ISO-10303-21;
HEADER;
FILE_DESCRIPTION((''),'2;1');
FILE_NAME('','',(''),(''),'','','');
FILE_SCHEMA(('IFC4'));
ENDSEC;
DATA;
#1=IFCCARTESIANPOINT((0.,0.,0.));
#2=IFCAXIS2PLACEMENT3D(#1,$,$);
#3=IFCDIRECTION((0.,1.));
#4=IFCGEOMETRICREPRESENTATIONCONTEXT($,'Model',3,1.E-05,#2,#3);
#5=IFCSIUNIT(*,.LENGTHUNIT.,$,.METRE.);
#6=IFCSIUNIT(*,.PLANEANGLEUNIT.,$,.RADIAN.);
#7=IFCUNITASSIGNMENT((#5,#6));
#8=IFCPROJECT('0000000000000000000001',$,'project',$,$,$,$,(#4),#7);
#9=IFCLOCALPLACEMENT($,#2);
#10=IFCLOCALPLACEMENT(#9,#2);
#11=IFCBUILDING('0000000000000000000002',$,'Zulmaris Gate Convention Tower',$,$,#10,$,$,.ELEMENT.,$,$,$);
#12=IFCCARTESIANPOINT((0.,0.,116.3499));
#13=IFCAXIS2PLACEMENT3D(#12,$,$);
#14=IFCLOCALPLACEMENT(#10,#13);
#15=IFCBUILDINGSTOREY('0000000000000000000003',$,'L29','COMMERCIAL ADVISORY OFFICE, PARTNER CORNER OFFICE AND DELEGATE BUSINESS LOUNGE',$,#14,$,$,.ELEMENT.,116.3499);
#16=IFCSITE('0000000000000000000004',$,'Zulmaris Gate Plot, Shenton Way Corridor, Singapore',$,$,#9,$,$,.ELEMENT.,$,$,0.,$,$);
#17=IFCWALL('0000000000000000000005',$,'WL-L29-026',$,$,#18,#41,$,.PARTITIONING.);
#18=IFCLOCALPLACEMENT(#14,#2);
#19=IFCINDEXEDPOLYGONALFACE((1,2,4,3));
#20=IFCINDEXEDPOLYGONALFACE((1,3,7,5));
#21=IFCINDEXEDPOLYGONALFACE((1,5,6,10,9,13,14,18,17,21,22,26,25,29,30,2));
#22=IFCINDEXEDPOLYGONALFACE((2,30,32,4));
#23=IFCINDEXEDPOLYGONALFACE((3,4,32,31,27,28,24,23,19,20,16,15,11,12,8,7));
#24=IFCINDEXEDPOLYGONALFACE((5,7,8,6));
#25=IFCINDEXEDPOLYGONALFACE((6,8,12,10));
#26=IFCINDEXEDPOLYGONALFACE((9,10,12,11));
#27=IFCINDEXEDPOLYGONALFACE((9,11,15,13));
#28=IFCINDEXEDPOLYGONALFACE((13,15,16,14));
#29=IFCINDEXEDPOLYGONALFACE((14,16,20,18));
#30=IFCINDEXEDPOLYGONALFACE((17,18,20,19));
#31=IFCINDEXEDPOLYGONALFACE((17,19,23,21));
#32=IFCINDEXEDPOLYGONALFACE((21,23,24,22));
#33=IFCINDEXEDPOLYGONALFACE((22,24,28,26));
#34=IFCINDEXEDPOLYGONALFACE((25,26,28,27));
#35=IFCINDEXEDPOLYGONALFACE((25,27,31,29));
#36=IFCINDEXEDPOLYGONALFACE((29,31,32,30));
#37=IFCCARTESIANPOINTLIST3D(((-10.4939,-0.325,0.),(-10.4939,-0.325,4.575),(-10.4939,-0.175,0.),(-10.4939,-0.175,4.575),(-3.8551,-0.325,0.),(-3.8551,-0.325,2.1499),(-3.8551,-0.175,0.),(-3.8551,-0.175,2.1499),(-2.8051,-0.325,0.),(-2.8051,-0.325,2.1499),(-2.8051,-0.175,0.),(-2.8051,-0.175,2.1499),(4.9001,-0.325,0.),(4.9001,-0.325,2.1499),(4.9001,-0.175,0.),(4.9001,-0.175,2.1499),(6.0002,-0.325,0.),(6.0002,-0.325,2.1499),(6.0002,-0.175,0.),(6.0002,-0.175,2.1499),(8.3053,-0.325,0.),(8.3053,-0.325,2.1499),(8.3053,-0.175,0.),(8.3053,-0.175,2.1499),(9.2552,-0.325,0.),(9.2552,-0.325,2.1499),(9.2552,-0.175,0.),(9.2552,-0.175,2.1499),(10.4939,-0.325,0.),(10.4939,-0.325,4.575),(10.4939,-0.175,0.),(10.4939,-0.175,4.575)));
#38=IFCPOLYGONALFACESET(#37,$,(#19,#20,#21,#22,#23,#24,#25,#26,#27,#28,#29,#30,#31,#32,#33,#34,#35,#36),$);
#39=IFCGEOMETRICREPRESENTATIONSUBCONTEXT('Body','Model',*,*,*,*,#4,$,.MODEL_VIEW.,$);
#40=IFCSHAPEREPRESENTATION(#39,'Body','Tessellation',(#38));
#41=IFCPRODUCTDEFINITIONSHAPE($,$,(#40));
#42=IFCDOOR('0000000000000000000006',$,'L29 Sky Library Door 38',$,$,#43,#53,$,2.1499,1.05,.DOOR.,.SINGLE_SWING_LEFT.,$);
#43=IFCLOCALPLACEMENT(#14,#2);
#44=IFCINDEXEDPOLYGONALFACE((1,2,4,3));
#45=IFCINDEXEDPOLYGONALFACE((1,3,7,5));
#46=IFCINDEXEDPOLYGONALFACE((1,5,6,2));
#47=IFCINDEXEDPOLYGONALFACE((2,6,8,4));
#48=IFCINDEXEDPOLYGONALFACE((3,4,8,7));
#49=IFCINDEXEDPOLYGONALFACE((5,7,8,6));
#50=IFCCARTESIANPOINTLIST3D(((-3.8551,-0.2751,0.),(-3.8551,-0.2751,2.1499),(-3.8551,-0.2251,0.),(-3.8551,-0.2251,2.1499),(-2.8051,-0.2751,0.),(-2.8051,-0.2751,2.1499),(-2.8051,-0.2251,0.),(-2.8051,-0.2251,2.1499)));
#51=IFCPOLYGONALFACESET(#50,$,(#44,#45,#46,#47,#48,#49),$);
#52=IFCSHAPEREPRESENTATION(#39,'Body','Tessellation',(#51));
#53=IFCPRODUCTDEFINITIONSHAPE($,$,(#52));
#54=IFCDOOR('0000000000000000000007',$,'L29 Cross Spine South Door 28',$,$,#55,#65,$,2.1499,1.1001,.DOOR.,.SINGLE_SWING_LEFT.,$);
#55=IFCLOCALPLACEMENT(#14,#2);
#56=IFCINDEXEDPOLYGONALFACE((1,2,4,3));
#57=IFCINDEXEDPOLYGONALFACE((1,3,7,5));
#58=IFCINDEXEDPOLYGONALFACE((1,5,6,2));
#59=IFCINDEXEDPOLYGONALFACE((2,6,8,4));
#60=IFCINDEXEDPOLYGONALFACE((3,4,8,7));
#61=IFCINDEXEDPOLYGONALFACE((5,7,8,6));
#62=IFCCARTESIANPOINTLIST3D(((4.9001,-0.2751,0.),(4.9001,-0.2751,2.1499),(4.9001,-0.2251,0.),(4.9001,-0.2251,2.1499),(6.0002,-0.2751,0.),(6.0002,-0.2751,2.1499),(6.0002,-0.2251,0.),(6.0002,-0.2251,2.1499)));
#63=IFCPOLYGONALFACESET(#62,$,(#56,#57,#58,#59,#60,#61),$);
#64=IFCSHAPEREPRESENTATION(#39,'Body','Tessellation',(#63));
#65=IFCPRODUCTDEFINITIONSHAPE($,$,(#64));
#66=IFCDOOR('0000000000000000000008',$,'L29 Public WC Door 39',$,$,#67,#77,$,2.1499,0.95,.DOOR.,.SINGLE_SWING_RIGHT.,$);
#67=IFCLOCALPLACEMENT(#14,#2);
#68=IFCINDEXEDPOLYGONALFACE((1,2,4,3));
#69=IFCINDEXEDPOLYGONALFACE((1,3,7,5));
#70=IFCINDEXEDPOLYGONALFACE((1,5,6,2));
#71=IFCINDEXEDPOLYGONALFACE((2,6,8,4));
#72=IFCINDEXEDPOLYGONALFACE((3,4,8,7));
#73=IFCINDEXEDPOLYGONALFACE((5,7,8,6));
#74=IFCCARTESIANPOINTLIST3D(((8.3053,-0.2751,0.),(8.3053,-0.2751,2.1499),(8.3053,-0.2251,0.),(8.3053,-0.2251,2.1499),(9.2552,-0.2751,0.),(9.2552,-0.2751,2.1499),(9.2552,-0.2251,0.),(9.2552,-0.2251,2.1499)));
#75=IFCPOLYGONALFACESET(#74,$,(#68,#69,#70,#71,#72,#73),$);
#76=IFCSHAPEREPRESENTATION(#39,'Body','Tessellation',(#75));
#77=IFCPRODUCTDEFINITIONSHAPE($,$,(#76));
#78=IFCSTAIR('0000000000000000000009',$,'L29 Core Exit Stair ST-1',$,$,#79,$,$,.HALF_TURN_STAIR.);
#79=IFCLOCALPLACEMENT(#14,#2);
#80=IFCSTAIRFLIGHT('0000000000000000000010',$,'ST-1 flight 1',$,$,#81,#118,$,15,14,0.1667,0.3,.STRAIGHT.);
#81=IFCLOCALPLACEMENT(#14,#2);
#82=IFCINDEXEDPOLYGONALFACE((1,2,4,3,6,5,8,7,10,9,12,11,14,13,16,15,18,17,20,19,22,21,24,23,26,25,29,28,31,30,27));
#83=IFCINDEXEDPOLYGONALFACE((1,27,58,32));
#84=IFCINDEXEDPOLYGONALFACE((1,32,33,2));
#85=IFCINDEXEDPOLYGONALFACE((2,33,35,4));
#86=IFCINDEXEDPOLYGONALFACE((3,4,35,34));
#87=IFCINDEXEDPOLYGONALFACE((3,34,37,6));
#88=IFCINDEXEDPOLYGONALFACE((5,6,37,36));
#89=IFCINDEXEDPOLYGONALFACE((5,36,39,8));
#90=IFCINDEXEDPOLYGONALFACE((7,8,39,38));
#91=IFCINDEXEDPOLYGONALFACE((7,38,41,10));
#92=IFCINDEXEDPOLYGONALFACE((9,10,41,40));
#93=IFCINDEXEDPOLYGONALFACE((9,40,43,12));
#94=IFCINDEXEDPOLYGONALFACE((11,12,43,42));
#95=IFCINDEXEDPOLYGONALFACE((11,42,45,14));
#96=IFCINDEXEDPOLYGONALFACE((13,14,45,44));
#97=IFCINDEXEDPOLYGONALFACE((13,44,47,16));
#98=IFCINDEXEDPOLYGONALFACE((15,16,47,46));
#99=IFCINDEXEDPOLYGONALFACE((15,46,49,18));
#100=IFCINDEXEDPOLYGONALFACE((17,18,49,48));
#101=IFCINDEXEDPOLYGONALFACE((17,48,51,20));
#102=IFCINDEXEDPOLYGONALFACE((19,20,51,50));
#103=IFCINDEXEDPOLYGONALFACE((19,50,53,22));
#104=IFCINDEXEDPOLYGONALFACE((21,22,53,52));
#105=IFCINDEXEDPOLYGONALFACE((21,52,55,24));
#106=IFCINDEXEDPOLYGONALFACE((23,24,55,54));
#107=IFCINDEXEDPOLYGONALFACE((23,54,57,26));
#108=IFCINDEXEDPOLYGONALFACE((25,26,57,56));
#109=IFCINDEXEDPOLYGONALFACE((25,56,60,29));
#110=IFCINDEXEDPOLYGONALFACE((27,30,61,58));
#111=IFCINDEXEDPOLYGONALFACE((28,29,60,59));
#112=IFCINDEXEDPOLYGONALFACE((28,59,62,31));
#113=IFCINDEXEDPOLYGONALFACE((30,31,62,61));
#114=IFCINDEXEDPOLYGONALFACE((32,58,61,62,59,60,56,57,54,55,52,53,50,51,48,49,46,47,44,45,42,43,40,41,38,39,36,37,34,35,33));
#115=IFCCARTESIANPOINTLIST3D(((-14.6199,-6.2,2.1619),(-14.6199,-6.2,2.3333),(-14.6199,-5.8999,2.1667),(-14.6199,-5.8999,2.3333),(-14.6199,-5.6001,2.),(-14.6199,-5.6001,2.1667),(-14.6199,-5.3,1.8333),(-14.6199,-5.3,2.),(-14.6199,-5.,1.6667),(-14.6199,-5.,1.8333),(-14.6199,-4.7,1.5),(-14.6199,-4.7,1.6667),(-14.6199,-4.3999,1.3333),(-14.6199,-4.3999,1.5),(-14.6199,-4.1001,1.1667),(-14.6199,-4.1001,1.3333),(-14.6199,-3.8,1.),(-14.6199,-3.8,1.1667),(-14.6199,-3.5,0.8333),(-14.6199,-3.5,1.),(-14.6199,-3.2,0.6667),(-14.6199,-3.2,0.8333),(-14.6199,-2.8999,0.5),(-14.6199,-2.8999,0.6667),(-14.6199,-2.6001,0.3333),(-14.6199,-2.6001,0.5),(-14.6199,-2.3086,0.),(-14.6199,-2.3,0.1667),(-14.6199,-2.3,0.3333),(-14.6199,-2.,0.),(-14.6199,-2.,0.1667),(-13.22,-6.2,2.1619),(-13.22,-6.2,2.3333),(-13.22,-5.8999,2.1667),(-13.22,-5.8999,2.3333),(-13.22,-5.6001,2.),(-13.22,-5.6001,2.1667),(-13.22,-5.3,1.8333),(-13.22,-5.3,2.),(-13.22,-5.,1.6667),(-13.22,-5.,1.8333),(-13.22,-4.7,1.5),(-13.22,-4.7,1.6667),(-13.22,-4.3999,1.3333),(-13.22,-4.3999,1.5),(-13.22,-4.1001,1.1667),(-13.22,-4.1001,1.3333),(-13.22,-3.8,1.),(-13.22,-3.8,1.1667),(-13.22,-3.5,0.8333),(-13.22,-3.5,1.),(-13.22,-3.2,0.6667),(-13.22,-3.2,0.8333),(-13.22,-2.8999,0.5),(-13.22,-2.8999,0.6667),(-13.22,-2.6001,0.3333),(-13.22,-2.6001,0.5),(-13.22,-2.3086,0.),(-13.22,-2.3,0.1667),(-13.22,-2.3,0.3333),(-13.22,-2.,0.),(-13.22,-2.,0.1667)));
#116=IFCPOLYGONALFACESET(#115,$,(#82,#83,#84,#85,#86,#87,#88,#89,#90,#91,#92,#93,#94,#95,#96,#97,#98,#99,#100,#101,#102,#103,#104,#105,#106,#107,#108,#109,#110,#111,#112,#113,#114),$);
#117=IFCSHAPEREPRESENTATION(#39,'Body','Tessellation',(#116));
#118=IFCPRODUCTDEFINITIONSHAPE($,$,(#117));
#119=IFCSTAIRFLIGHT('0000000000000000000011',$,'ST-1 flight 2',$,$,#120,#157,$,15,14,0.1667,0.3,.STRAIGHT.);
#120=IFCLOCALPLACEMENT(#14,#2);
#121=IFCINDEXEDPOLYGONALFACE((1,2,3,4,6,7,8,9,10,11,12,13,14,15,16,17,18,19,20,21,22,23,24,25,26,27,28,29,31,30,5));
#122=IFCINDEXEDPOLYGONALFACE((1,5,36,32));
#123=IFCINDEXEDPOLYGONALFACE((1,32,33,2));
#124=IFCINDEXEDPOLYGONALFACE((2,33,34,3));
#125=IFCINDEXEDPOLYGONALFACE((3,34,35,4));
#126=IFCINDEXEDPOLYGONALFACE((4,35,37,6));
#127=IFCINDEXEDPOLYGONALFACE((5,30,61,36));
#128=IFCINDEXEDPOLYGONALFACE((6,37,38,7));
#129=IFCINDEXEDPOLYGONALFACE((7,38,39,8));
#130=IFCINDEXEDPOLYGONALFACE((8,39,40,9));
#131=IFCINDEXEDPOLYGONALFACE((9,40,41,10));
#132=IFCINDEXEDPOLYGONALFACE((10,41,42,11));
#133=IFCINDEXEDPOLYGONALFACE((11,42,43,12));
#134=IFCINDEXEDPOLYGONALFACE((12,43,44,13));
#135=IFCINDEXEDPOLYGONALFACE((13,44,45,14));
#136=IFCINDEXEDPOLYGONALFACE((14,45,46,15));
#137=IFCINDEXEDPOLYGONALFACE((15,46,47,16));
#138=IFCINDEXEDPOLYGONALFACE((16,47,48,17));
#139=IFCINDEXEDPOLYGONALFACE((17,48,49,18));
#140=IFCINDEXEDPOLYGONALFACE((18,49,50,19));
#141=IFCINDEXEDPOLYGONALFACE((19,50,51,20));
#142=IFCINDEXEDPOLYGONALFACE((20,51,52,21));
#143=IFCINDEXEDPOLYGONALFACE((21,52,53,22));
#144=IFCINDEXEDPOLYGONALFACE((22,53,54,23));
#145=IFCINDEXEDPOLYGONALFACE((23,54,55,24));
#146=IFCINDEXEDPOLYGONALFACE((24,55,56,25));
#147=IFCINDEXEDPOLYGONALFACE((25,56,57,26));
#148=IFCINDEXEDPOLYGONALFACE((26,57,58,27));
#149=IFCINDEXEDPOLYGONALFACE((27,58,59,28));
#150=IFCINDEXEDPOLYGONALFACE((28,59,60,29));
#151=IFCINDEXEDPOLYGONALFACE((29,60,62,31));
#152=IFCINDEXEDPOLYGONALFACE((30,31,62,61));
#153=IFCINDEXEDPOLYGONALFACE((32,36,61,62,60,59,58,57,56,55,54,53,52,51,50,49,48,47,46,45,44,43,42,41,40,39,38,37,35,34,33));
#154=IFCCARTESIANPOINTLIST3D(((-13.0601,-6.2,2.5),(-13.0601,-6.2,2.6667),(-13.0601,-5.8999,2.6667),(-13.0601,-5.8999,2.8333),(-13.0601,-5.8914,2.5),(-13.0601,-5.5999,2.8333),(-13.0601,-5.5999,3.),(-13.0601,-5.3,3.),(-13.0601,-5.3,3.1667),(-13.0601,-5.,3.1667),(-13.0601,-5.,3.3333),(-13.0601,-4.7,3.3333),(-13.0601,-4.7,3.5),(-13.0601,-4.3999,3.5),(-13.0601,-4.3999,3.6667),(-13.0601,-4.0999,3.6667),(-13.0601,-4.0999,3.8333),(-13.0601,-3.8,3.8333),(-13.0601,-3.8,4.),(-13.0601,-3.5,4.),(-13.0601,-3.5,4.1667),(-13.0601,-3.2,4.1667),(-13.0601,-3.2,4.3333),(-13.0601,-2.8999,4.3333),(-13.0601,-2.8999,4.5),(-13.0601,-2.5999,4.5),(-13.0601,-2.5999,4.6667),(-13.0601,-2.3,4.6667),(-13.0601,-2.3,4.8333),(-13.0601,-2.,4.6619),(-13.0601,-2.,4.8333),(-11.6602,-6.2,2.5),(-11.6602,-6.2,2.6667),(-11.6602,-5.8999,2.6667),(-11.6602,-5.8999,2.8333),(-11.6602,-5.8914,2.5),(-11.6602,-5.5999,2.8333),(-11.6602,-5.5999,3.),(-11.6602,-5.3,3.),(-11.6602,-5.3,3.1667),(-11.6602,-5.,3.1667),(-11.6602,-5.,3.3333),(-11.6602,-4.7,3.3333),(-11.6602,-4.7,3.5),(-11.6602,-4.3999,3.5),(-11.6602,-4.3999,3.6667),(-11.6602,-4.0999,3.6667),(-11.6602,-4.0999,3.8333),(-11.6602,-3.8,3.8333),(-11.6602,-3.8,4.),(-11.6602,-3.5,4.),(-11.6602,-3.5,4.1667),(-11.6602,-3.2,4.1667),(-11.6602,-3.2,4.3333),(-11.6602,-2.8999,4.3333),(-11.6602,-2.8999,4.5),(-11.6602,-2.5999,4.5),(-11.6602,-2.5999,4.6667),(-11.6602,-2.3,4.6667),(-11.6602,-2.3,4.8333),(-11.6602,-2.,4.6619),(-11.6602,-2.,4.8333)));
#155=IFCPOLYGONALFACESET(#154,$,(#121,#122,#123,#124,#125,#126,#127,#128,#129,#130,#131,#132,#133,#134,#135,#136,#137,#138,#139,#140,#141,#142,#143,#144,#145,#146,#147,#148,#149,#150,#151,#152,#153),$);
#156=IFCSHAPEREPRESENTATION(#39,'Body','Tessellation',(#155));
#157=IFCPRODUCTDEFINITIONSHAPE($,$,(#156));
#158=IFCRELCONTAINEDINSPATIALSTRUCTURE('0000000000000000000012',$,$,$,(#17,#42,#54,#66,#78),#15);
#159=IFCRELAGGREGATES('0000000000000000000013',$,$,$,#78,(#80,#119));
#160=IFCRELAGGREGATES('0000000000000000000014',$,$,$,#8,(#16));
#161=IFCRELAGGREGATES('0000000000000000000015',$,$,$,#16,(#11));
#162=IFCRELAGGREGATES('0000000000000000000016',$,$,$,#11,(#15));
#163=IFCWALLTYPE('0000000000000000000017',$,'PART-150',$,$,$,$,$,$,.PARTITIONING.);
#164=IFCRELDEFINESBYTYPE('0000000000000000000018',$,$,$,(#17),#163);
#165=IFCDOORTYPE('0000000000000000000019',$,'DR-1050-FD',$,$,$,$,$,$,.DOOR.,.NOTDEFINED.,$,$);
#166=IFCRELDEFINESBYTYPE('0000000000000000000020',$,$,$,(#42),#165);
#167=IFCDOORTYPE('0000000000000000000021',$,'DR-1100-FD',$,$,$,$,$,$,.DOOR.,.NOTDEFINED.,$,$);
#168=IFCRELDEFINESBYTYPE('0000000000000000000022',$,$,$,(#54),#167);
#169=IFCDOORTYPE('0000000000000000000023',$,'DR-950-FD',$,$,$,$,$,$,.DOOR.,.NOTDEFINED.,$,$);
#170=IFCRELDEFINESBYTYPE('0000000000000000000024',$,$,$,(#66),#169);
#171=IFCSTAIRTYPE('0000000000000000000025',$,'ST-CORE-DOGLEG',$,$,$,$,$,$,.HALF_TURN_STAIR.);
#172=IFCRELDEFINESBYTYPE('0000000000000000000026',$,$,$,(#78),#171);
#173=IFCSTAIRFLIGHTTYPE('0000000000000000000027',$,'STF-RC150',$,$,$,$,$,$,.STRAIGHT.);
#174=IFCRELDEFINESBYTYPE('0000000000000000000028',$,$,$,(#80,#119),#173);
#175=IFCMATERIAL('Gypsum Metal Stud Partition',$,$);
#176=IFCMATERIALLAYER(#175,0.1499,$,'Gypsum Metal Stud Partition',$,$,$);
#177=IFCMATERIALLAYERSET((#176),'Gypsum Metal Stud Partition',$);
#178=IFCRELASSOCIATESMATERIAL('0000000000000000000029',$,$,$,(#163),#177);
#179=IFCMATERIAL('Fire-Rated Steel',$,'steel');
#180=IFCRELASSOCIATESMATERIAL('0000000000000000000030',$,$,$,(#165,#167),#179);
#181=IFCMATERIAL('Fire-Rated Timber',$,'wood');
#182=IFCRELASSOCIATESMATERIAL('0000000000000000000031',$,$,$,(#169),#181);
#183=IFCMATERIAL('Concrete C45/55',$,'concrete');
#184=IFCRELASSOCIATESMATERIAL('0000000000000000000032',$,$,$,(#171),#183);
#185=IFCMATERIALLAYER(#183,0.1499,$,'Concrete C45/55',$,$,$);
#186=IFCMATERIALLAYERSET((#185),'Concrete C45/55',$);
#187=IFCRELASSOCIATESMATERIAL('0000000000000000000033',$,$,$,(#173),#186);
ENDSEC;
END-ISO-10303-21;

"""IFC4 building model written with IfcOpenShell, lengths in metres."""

from ifc_helpers import new_model, si_unit, direction, frame, frame_2d, origin, place, context, subcontext, project, spatial, polyline, rectangle, outline, extrude, material, layer, layer_set, type_object, element, fill, aggregate, save


model = new_model("IFC4")

# Units and contexts
model_context = context("Model", 3, precision=1e-05, world=origin(), true_north=direction((0.0, 1.0)))
body_context = subcontext(model_context, "Body", "Model", "MODEL_VIEW")
ifc_project = project(units=[si_unit("LENGTHUNIT", "METRE"), si_unit("PLANEANGLEUNIT", "RADIAN")], contexts=[model_context])

# Site, building, storey
site_placement = place(None, origin())
site = spatial("IfcSite", under=ifc_project, at=site_placement, Name="Zulmaris Gate Plot, Shenton Way Corridor, Singapore", CompositionType="ELEMENT", RefElevation=0.0)
building_placement = place(site_placement, origin())
building = spatial("IfcBuilding", under=site, at=building_placement, Name="Zulmaris Gate Convention Tower", CompositionType="ELEMENT")
storey_placement = place(building_placement, frame((0.0, 0.0, 116.3499)))
storey = spatial("IfcBuildingStorey", under=building, at=storey_placement, Name="L29", Description="COMMERCIAL ADVISORY OFFICE, PARTNER CORNER OFFICE AND DELEGATE BUSINESS LOUNGE", CompositionType="ELEMENT", Elevation=116.3499)

# Wall, openings, doors
ifc_material_1 = material(Name="Gypsum Metal Stud Partition")
ifc_layer_1 = layer(ifc_material_1, 0.1499, Name="Gypsum Metal Stud Partition")
ifc_layer_set_1 = layer_set([ifc_layer_1], Name="Gypsum Metal Stud Partition")
wall_type_1 = type_object("IfcWallType", Name="PART-150", PredefinedType="PARTITIONING", material=ifc_layer_set_1)
wall_1_placement = place(storey_placement, frame((-10.4939, -0.25, 0.0), z_axis=(0.0, 0.0, 1.0), x_axis=(1.0, 0.0, 0.0)))
wall_1 = element("IfcWall", 1, at=wall_1_placement, inside=storey, type_object=wall_type_1, Name="WL-L29-026", PredefinedType="PARTITIONING", context=body_context, shape_type="SweptSolid", body=[
    extrude(rectangle(XDim=20.9878, YDim=0.1499, at=frame_2d((10.4939, 0.0))), origin(), (0.0, 0.0, 1.0), 4.575),
])
opening_1_placement = place(wall_1_placement, frame((15.394, 0.0, 0.0)))
opening_1 = element("IfcOpeningElement", 2, at=opening_1_placement, cuts=wall_1, PredefinedType="OPENING", context=body_context, shape_type="SweptSolid", body=[
    extrude(rectangle(XDim=1.1001, YDim=2.1499, at=frame_2d((0.55, 1.075))), frame((0.0, 0.085, 0.0), z_axis=(0.0, -1.0, 0.0), x_axis=(1.0, 0.0, 0.0)), (0.0, 0.0, 1.0), 0.1699),
])
opening_2_placement = place(wall_1_placement, frame((6.6389, 0.0, 0.0)))
opening_2 = element("IfcOpeningElement", 3, at=opening_2_placement, cuts=wall_1, PredefinedType="OPENING", context=body_context, shape_type="SweptSolid", body=[
    extrude(rectangle(XDim=1.05, YDim=2.1499, at=frame_2d((0.5249, 1.075))), frame((0.0, 0.085, 0.0), z_axis=(0.0, -1.0, 0.0), x_axis=(1.0, 0.0, 0.0)), (0.0, 0.0, 1.0), 0.1699),
])
opening_3_placement = place(wall_1_placement, frame((18.7991, 0.0, 0.0)))
opening_3 = element("IfcOpeningElement", 4, at=opening_3_placement, cuts=wall_1, PredefinedType="OPENING", context=body_context, shape_type="SweptSolid", body=[
    extrude(rectangle(XDim=0.95, YDim=2.1499, at=frame_2d((0.4751, 1.075))), frame((0.0, 0.085, 0.0), z_axis=(0.0, -1.0, 0.0), x_axis=(1.0, 0.0, 0.0)), (0.0, 0.0, 1.0), 0.1699),
])
ifc_material_2 = material(Name="Fire-Rated Steel", Category="steel")
door_type_1 = type_object("IfcDoorType", Name="DR-1050-FD", OperationType="NOTDEFINED", PredefinedType="DOOR", material=ifc_material_2)
door_1_placement = place(opening_2_placement, origin())
door_1 = element("IfcDoor", 5, at=door_1_placement, inside=storey, type_object=door_type_1, Name="L29 Sky Library Door 38", OperationType="SINGLE_SWING_LEFT", OverallHeight=2.1499, OverallWidth=1.05, PredefinedType="DOOR", context=body_context, shape_type="SweptSolid", body=[
    extrude(rectangle(XDim=1.05, YDim=2.1499, at=frame_2d((0.5249, 1.075))), frame((0.0, 0.0249, 0.0), z_axis=(0.0, -1.0, 0.0), x_axis=(1.0, 0.0, 0.0)), (0.0, 0.0, 1.0), 0.05),
])
fill(opening_2, door_1)
door_type_2 = type_object("IfcDoorType", Name="DR-1100-FD", OperationType="NOTDEFINED", PredefinedType="DOOR", material=ifc_material_2)
door_2_placement = place(opening_1_placement, origin())
door_2 = element("IfcDoor", 6, at=door_2_placement, inside=storey, type_object=door_type_2, Name="L29 Cross Spine South Door 28", OperationType="SINGLE_SWING_LEFT", OverallHeight=2.1499, OverallWidth=1.1001, PredefinedType="DOOR", context=body_context, shape_type="SweptSolid", body=[
    extrude(rectangle(XDim=1.1001, YDim=2.1499, at=frame_2d((0.55, 1.075))), frame((0.0, 0.0249, 0.0), z_axis=(0.0, -1.0, 0.0), x_axis=(1.0, 0.0, 0.0)), (0.0, 0.0, 1.0), 0.05),
])
fill(opening_1, door_2)
ifc_material_3 = material(Name="Fire-Rated Timber", Category="wood")
door_type_3 = type_object("IfcDoorType", Name="DR-950-FD", OperationType="NOTDEFINED", PredefinedType="DOOR", material=ifc_material_3)
door_3_placement = place(opening_3_placement, origin())
door_3 = element("IfcDoor", 7, at=door_3_placement, inside=storey, type_object=door_type_3, Name="L29 Public WC Door 39", OperationType="SINGLE_SWING_RIGHT", OverallHeight=2.1499, OverallWidth=0.95, PredefinedType="DOOR", context=body_context, shape_type="SweptSolid", body=[
    extrude(rectangle(XDim=0.95, YDim=2.1499, at=frame_2d((0.4751, 1.075))), frame((0.0, 0.0249, 0.0), z_axis=(0.0, -1.0, 0.0), x_axis=(1.0, 0.0, 0.0)), (0.0, 0.0, 1.0), 0.05),
])
fill(opening_3, door_3)

# Stair, stair flights
ifc_material_4 = material(Name="Concrete C45/55", Category="concrete")
stair_type = type_object("IfcStairType", Name="ST-CORE-DOGLEG", PredefinedType="HALF_TURN_STAIR", material=ifc_material_4)
stair_1_placement = place(storey_placement, origin())
stair_1 = element("IfcStair", 8, at=stair_1_placement, inside=storey, type_object=stair_type, Name="L29 Core Exit Stair ST-1", PredefinedType="HALF_TURN_STAIR")
ifc_layer_2 = layer(ifc_material_4, 0.1499, Name="Concrete C45/55")
ifc_layer_set_2 = layer_set([ifc_layer_2], Name="Concrete C45/55")
stair_flight_type = type_object("IfcStairFlightType", Name="STF-RC150", PredefinedType="STRAIGHT", material=ifc_layer_set_2)
stair_flight_1_placement = place(storey_placement, frame((-13.9199, -2.0, 0.0), z_axis=(0.0, 0.0, 1.0), x_axis=(0.0, -1.0, 0.0)))
stair_flight_1 = element("IfcStairFlight", 9, at=stair_flight_1_placement, type_object=stair_flight_type, Name="ST-1 flight 1", NumberOfRisers=15, NumberOfTreads=14, PredefinedType="STRAIGHT", RiserHeight=0.1667, TreadLength=0.3, context=body_context, shape_type="SweptSolid", body=[
    extrude(outline(polyline([(0.0, 0.0), (0.0, 0.1667), (0.3, 0.1667), (0.3, 0.3333), (0.6001, 0.3333), (0.6001, 0.5), (0.8999, 0.5), (0.8999, 0.6667), (1.2, 0.6667), (1.2, 0.8333), (1.5, 0.8333), (1.5, 1.0), (1.8, 1.0), (1.8, 1.1667), (2.1001, 1.1667), (2.1001, 1.3333), (2.3999, 1.3333), (2.3999, 1.5), (2.7, 1.5), (2.7, 1.6667), (3.0, 1.6667), (3.0, 1.8333), (3.3, 1.8333), (3.3, 2.0), (3.6001, 2.0), (3.6001, 2.1667), (3.8999, 2.1667), (3.8999, 2.3333), (4.2, 2.3333), (4.2, 2.5), (4.2, 2.1619), (0.3086, 0.0), (0.0, 0.0)])), frame((0.0, 0.7, 0.0), z_axis=(0.0, -1.0, 0.0), x_axis=(1.0, 0.0, 0.0)), (0.0, 0.0, 1.0), 1.3999),
])
stair_flight_2_placement = place(storey_placement, frame((-12.3601, -6.2, 2.5), z_axis=(0.0, 0.0, 1.0), x_axis=(0.0, 1.0, 0.0)))
stair_flight_2 = element("IfcStairFlight", 10, at=stair_flight_2_placement, type_object=stair_flight_type, Name="ST-1 flight 2", NumberOfRisers=15, NumberOfTreads=14, PredefinedType="STRAIGHT", RiserHeight=0.1667, TreadLength=0.3, context=body_context, shape_type="SweptSolid", body=[
    extrude(outline(polyline([(0.0, 0.0), (0.0, 0.1667), (0.3, 0.1667), (0.3, 0.3333), (0.6001, 0.3333), (0.6001, 0.5), (0.8999, 0.5), (0.8999, 0.6667), (1.2, 0.6667), (1.2, 0.8333), (1.5, 0.8333), (1.5, 1.0), (1.8, 1.0), (1.8, 1.1667), (2.1001, 1.1667), (2.1001, 1.3333), (2.3999, 1.3333), (2.3999, 1.5), (2.7, 1.5), (2.7, 1.6667), (3.0, 1.6667), (3.0, 1.8333), (3.3, 1.8333), (3.3, 2.0), (3.6001, 2.0), (3.6001, 2.1667), (3.8999, 2.1667), (3.8999, 2.3333), (4.2, 2.3333), (4.2, 2.5), (4.2, 2.1619), (0.3086, 0.0), (0.0, 0.0)])), frame((0.0, 0.7, 0.0), z_axis=(0.0, -1.0, 0.0), x_axis=(1.0, 0.0, 0.0)), (0.0, 0.0, 1.0), 1.3999),
])
aggregate(stair_1, [stair_flight_1, stair_flight_2])

save(model, "model.ifc")
